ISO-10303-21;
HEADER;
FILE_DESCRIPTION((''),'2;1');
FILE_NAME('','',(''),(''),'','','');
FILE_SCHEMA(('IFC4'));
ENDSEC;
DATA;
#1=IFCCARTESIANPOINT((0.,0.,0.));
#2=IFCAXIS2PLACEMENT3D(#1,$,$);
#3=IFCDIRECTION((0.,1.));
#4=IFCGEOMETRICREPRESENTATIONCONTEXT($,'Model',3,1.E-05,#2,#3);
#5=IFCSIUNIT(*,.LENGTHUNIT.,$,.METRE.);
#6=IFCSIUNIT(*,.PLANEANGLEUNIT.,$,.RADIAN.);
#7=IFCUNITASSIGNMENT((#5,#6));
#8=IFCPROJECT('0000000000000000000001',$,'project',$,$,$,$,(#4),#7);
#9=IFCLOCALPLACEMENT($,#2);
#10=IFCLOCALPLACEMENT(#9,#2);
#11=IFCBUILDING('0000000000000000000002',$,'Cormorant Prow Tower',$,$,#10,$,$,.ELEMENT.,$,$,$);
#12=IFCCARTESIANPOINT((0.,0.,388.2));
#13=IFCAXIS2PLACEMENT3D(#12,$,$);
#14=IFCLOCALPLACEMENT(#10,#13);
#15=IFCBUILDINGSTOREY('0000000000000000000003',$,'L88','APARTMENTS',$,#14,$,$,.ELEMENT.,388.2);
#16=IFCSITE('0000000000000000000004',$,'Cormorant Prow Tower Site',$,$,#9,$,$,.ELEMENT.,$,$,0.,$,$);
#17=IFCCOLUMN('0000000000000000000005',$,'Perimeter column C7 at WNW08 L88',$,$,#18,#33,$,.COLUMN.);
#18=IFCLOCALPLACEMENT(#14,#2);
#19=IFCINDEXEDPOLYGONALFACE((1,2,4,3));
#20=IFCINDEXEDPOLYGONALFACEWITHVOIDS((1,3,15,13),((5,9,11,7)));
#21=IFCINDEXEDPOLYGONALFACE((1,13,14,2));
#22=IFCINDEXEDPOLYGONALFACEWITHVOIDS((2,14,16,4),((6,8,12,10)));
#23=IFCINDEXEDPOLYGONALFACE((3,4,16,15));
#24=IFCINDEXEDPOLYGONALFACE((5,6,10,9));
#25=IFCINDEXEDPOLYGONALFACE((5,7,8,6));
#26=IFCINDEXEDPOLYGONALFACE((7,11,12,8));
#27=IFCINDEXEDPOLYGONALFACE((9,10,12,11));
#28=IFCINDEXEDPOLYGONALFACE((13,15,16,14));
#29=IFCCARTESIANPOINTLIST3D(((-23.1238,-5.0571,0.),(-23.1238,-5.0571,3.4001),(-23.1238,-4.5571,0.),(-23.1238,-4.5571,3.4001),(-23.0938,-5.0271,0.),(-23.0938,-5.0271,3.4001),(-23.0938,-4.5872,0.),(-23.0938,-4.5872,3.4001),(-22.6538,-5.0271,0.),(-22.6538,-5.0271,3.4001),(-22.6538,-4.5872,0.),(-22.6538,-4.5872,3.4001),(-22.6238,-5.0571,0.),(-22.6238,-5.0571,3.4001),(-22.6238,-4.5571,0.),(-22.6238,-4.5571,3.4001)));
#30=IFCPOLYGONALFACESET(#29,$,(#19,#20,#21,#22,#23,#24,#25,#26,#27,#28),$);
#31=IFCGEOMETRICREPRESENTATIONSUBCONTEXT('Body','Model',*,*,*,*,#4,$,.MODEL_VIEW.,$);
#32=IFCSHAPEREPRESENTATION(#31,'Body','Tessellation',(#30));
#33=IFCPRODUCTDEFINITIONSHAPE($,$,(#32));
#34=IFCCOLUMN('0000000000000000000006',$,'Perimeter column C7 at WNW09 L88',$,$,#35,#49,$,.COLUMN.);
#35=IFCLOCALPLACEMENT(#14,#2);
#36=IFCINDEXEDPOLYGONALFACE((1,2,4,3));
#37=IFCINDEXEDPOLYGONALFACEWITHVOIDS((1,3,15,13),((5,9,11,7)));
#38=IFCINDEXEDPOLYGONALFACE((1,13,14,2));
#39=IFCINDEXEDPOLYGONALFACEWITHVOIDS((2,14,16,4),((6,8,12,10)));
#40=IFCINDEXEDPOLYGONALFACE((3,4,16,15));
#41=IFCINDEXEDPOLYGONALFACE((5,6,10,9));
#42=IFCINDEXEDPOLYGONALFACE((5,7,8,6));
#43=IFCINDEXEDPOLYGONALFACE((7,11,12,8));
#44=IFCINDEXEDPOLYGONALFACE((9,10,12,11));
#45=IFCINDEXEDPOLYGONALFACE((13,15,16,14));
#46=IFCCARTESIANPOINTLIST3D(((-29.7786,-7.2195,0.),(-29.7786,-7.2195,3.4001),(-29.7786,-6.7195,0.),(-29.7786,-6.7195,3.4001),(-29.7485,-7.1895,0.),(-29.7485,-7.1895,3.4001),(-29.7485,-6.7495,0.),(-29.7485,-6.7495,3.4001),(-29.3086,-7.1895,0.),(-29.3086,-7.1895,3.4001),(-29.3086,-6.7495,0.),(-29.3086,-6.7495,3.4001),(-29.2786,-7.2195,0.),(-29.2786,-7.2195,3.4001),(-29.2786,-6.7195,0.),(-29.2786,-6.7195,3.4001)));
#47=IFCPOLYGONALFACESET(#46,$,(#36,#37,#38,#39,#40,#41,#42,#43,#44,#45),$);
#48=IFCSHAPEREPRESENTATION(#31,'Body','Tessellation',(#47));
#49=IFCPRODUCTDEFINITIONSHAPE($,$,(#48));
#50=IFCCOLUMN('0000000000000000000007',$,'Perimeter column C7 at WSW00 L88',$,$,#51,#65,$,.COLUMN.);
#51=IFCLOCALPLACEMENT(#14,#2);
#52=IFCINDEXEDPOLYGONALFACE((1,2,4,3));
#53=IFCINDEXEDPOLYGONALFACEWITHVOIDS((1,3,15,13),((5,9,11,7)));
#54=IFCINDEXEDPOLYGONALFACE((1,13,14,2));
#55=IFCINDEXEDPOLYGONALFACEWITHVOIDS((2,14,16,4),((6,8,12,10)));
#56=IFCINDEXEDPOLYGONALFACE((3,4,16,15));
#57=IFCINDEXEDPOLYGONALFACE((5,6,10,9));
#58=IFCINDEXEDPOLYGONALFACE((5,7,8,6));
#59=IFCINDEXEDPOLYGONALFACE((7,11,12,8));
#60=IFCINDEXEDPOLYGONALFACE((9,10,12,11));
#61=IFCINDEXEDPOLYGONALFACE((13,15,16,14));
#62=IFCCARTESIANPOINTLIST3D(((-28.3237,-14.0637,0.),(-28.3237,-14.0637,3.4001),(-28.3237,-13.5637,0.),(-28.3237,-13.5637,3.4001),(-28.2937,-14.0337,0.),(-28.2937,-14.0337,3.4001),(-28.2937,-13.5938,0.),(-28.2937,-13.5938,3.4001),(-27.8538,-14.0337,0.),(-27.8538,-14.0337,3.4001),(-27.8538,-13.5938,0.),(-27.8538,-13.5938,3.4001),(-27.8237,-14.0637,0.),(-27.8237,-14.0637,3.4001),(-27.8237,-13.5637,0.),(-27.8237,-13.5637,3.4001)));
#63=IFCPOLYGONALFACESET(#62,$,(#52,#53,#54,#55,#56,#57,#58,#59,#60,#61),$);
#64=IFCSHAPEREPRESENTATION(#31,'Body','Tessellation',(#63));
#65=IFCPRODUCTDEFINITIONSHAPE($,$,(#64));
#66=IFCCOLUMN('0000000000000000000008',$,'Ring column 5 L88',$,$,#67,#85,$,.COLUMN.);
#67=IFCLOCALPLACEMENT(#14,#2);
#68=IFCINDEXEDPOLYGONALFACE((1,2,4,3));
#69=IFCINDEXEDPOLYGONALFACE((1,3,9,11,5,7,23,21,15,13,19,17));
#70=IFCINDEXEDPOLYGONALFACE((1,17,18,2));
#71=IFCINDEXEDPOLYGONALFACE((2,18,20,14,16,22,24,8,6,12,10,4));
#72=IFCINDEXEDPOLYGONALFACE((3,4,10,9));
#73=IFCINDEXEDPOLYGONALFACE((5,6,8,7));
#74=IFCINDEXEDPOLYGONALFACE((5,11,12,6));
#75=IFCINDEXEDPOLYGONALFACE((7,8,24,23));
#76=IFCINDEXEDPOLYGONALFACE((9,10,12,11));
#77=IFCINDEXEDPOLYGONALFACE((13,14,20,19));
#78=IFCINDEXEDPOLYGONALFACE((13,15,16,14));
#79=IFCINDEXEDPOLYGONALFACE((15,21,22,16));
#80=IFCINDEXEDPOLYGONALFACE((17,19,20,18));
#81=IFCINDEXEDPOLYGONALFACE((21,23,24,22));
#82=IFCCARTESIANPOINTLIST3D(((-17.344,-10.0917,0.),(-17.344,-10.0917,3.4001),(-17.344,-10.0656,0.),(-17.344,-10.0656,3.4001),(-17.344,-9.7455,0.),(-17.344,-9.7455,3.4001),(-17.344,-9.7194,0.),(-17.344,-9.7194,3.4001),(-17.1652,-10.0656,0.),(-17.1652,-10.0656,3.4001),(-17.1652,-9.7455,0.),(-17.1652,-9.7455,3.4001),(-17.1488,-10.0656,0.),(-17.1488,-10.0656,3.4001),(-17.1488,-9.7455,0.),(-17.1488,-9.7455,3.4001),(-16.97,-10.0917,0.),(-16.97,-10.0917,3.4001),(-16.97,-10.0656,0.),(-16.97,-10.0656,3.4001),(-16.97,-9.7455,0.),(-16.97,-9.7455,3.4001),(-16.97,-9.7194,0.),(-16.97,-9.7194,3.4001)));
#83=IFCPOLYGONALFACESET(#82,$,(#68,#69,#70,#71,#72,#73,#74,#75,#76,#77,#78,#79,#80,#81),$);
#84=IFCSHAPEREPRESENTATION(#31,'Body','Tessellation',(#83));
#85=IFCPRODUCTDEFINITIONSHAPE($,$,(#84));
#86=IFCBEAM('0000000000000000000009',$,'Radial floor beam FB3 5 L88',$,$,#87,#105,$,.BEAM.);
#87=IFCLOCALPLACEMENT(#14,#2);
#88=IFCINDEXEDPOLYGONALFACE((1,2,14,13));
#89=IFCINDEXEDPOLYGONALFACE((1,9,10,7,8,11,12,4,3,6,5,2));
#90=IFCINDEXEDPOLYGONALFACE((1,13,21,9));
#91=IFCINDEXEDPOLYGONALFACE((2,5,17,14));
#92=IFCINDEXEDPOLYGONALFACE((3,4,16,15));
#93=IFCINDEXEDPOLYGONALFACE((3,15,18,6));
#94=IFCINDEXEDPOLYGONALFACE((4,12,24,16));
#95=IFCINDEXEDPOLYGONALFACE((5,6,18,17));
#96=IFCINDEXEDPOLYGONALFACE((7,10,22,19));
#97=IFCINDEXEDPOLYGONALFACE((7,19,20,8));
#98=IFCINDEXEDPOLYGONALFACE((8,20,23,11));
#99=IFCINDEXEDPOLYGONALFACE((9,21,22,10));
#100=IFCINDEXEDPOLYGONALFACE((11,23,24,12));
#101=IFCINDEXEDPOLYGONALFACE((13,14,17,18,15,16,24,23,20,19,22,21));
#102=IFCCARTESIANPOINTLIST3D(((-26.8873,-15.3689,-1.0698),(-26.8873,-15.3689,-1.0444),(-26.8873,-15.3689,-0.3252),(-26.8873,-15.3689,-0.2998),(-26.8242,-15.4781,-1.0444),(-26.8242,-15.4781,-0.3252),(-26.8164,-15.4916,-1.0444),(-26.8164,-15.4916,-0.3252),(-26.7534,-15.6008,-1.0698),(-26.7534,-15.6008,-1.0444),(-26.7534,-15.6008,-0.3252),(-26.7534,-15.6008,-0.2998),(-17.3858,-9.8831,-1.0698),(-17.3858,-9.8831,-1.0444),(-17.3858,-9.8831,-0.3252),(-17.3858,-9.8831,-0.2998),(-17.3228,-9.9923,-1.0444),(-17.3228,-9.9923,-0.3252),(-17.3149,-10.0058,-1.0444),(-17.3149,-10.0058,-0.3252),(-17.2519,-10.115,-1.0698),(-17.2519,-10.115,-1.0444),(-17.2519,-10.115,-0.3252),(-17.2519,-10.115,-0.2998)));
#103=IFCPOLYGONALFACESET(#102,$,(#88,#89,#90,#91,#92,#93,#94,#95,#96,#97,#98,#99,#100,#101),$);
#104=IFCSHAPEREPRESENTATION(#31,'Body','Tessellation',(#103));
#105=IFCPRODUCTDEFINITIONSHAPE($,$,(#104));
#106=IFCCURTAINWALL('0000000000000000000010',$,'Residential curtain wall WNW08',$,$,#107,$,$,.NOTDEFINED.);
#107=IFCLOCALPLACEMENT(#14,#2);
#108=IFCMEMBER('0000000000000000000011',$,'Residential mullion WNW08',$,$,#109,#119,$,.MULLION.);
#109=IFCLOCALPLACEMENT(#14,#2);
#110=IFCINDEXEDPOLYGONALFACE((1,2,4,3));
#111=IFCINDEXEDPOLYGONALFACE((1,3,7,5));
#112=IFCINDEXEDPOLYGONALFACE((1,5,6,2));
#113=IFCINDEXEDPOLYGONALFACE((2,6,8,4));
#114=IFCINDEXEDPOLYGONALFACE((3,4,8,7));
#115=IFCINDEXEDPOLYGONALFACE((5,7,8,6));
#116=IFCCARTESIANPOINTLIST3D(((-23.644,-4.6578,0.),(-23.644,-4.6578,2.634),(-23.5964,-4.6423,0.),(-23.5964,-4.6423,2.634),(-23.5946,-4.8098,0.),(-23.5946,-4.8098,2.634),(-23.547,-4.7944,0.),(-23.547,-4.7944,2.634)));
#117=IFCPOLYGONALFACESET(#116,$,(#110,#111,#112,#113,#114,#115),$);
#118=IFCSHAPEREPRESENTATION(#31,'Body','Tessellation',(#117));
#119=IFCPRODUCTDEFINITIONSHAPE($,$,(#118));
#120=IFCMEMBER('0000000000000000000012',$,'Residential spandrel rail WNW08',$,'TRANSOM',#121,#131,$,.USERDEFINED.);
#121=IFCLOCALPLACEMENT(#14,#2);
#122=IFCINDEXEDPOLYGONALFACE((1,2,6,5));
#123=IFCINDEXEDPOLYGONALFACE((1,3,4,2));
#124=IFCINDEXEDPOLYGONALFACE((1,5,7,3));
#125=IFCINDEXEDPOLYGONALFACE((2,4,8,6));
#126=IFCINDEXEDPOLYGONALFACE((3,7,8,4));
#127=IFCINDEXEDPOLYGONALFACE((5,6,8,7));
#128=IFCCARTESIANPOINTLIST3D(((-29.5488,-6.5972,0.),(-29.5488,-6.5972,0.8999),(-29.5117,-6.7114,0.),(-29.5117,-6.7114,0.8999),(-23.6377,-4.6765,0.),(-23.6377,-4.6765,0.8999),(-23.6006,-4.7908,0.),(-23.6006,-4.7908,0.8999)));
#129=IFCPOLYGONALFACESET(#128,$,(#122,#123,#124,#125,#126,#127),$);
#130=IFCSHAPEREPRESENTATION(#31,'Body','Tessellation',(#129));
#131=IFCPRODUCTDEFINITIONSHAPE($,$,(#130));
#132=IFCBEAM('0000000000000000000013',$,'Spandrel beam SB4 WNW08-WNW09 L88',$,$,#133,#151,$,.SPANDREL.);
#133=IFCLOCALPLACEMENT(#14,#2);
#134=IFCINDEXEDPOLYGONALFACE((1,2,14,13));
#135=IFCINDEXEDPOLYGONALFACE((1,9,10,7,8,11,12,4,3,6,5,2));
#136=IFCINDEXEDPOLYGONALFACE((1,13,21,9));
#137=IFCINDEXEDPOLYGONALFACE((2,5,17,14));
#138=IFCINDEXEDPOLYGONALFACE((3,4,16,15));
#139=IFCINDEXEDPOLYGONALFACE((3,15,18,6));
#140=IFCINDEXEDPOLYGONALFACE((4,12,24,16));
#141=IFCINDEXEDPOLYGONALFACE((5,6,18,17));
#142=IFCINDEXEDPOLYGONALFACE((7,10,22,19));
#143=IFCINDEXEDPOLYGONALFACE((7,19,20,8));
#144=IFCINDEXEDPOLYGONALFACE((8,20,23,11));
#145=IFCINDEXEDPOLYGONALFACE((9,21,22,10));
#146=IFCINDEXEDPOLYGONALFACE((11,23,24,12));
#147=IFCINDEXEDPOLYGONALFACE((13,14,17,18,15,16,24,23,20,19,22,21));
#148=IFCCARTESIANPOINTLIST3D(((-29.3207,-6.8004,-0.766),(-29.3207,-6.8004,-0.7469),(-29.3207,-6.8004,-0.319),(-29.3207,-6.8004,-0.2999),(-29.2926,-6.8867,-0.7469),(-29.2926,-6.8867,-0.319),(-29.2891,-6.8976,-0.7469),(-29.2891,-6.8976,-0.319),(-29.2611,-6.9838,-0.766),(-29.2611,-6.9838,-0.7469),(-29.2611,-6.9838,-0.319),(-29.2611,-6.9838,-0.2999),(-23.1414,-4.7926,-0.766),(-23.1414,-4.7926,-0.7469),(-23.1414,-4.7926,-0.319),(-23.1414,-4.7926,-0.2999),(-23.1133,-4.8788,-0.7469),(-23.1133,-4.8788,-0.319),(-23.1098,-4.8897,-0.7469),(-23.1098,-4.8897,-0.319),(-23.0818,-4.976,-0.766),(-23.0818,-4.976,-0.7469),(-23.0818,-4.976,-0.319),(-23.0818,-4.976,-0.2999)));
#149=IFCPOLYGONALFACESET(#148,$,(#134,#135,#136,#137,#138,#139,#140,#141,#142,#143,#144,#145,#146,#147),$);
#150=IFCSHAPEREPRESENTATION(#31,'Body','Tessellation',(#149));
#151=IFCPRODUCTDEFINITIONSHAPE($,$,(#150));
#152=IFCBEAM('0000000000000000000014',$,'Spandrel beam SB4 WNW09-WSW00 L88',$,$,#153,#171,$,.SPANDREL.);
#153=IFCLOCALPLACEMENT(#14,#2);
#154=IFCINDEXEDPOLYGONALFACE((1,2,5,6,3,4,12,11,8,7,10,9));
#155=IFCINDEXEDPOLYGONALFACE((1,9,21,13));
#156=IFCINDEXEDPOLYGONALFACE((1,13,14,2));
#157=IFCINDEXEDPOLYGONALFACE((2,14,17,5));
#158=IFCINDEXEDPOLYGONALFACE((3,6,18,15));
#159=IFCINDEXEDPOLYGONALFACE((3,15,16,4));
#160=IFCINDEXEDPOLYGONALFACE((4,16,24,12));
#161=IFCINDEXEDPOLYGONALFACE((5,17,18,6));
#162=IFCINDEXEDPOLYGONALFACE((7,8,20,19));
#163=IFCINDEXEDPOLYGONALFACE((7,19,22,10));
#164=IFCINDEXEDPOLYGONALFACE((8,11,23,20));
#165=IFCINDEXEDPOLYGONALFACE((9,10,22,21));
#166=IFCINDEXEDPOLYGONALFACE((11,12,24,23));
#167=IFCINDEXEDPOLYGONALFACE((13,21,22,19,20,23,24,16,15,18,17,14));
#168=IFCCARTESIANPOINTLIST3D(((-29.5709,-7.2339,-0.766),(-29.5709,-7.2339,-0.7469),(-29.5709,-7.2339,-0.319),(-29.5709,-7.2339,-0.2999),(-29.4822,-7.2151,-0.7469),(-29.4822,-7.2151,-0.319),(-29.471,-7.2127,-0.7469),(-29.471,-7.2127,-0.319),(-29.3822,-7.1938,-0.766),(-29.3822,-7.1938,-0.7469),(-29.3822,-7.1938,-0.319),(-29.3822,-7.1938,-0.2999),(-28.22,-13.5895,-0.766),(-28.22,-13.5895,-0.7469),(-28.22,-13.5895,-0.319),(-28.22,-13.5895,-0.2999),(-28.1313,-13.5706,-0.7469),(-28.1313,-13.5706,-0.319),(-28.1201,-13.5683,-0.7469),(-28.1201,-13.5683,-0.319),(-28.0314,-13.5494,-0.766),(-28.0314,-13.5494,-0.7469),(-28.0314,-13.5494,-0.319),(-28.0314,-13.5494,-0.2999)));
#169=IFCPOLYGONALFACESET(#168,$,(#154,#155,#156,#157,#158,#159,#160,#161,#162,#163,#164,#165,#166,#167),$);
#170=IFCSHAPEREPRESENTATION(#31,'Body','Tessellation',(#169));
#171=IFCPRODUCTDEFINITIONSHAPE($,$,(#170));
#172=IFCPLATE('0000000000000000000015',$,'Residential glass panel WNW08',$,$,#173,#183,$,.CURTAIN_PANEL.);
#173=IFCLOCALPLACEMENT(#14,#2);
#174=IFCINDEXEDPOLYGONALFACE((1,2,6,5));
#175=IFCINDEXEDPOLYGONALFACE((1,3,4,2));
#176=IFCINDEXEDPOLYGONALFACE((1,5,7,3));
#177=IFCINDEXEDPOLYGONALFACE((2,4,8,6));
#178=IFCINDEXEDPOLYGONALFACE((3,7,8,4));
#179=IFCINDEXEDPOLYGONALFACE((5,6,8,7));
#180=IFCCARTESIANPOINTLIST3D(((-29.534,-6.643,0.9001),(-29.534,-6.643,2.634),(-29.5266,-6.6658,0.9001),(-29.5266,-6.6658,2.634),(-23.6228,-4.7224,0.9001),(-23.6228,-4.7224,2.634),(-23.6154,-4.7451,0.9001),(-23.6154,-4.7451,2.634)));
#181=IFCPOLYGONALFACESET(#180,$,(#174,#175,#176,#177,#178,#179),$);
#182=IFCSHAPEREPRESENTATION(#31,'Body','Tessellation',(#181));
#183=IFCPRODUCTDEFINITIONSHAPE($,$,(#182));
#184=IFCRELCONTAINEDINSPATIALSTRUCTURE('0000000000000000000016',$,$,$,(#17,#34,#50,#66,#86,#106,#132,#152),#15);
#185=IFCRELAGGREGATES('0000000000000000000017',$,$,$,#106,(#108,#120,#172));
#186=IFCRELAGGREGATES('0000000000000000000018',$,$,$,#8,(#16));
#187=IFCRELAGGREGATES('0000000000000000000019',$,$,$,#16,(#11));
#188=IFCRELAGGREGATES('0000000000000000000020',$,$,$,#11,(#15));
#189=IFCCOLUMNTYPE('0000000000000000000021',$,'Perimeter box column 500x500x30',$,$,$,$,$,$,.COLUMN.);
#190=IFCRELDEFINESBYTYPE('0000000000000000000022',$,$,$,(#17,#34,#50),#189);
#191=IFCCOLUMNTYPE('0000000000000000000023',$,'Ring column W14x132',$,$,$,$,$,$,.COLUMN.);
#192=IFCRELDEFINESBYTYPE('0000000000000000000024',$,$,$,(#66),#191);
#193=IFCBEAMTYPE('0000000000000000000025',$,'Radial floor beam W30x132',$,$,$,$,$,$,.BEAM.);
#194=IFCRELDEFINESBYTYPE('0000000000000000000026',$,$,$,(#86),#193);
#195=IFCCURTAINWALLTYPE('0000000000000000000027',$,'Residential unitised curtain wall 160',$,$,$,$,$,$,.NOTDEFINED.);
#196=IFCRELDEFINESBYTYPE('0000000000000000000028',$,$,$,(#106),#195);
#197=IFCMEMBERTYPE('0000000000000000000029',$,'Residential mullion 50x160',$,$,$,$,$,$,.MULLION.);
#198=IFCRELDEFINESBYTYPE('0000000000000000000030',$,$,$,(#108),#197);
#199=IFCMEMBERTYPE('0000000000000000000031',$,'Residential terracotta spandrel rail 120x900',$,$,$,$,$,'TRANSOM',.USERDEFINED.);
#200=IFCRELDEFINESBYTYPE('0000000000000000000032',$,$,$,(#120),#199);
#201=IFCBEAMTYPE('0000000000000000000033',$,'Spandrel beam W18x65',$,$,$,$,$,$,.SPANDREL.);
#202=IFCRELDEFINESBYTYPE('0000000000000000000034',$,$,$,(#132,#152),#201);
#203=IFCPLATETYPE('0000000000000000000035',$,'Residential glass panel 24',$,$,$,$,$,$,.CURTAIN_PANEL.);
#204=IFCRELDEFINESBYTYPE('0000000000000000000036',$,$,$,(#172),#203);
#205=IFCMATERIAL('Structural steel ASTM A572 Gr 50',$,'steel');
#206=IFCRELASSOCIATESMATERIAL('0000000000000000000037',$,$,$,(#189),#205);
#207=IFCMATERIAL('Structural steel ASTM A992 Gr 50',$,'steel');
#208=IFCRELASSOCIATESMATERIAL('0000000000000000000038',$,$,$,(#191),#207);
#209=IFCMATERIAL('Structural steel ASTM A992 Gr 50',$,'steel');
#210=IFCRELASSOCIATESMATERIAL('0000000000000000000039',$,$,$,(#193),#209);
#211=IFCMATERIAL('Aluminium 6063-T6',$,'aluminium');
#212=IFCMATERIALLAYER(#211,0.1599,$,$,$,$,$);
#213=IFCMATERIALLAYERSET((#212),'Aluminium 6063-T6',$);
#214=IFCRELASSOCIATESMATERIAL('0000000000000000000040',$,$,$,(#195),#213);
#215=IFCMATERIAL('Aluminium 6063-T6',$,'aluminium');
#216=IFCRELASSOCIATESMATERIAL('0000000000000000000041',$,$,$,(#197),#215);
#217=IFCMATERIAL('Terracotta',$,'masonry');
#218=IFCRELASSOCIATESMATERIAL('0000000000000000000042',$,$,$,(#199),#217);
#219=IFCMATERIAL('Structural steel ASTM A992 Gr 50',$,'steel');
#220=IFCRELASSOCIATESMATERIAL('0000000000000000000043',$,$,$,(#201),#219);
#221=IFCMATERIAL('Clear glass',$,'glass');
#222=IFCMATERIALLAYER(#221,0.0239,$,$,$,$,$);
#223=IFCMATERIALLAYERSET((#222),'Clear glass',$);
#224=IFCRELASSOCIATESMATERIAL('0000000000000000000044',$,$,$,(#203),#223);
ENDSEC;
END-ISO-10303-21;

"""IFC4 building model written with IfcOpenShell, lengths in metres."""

from ifc_helpers import new_model, si_unit, direction, frame, origin, origin_2d, place, context, subcontext, project, spatial, rectangle, hollow_rectangle, i_section, extrude, material, layer, layer_set, material_profile, profile_set, type_object, element, aggregate, save


model = new_model("IFC4")

# Units and contexts
model_context = context("Model", 3, precision=1e-05, world=origin(), true_north=direction((0.0, 1.0)))
body_context = subcontext(model_context, "Body", "Model", "MODEL_VIEW")
ifc_project = project(units=[si_unit("LENGTHUNIT", "METRE"), si_unit("PLANEANGLEUNIT", "RADIAN")], contexts=[model_context])

# Site, building, storey
site_placement = place(None, origin())
site = spatial("IfcSite", under=ifc_project, at=site_placement, Name="Cormorant Prow Tower Site", CompositionType="ELEMENT", RefElevation=0.0)
building_placement = place(site_placement, origin())
building = spatial("IfcBuilding", under=site, at=building_placement, Name="Cormorant Prow Tower", CompositionType="ELEMENT")
storey_placement = place(building_placement, frame((0.0, 0.0, 388.2)))
storey = spatial("IfcBuildingStorey", under=building, at=storey_placement, Name="L88", Description="APARTMENTS", CompositionType="ELEMENT", Elevation=388.2)

# Columns
ifc_material_1 = material(Name="Structural steel ASTM A572 Gr 50", Category="steel")
ifc_material_profile_1 = material_profile(ifc_material_1, hollow_rectangle(XDim=0.5, YDim=0.5, WallThickness=0.03, at=origin_2d()), Name="Box 500x500x30")
ifc_profile_set_1 = profile_set([ifc_material_profile_1], Name="Structural steel ASTM A572 Gr 50")
column_type_1 = type_object("IfcColumnType", Name="Perimeter box column 500x500x30", PredefinedType="COLUMN", material=ifc_profile_set_1)
for number, where, z_axis, x_axis, name in (
    (1, (-22.8738, -4.8071, 0.0), (0.0, 0.0, 1.0), (1.0, 0.0, 0.0), "Perimeter column C7 at WNW08 L88"),
    (2, (-29.5286, -6.9695, 0.0), (0.0, 0.0, 1.0), (1.0, 0.0, 0.0), "Perimeter column C7 at WNW09 L88"),
    (3, (-28.0737, -13.8137, 0.0), (0.0, 0.0, 1.0), (1.0, 0.0, 0.0), "Perimeter column C7 at WSW00 L88"),
):
    element("IfcColumn", number, at=place(storey_placement, frame(where, z_axis=z_axis, x_axis=x_axis)), inside=storey, type_object=column_type_1, Name=name, PredefinedType="COLUMN", context=body_context, shape_type="SweptSolid", body=[
        extrude(hollow_rectangle(XDim=0.5, YDim=0.5, WallThickness=0.03, at=origin_2d()), origin(), (0.0, 0.0, 1.0), 3.4001),
    ])
ifc_material_2 = material(Name="Structural steel ASTM A992 Gr 50", Category="steel")
ifc_material_profile_2 = material_profile(ifc_material_2, i_section(OverallWidth=0.374, OverallDepth=0.3723, WebThickness=0.0164, FlangeThickness=0.0261, at=origin_2d()), Name="W14x132")
ifc_profile_set_2 = profile_set([ifc_material_profile_2], Name="Structural steel ASTM A992 Gr 50")
column_type_2 = type_object("IfcColumnType", Name="Ring column W14x132", PredefinedType="COLUMN", material=ifc_profile_set_2)
column_placement = place(storey_placement, frame((-17.157, -9.9055, 0.0), z_axis=(0.0, 0.0, 1.0), x_axis=(1.0, 0.0, 0.0)))
element("IfcColumn", 4, at=column_placement, inside=storey, type_object=column_type_2, Name="Ring column 5 L88", PredefinedType="COLUMN", context=body_context, shape_type="SweptSolid", body=[
    extrude(i_section(OverallWidth=0.374, OverallDepth=0.3723, WebThickness=0.0164, FlangeThickness=0.0261, at=origin_2d()), origin(), (0.0, 0.0, 1.0), 3.4001),
])

# Beam
ifc_material_3 = material(Name="Structural steel ASTM A992 Gr 50", Category="steel")
ifc_material_profile_3 = material_profile(ifc_material_3, i_section(OverallWidth=0.2678, OverallDepth=0.77, WebThickness=0.0156, FlangeThickness=0.0254, at=origin_2d()), Name="W30x132")
ifc_profile_set_3 = profile_set([ifc_material_profile_3], Name="Structural steel ASTM A992 Gr 50")
beam_type_1 = type_object("IfcBeamType", Name="Radial floor beam W30x132", PredefinedType="BEAM", material=ifc_profile_set_3)
beam_1_placement = place(storey_placement, frame((-17.3188, -9.999, -0.6848), z_axis=(-0.866019, -0.500011, 0.0), x_axis=(0.500011, -0.866019, 0.0)))
element("IfcBeam", 5, at=beam_1_placement, inside=storey, type_object=beam_type_1, Name="Radial floor beam FB3 5 L88", PredefinedType="BEAM", context=body_context, shape_type="SweptSolid", body=[
    extrude(i_section(OverallWidth=0.2678, OverallDepth=0.77, WebThickness=0.0156, FlangeThickness=0.0254, at=origin_2d()), origin(), (0.0, 0.0, 1.0), 10.9714),
])

# Curtain wall, members
ifc_material_4 = material(Name="Aluminium 6063-T6", Category="aluminium")
ifc_layer_1 = layer(ifc_material_4, 0.1599)
ifc_layer_set_1 = layer_set([ifc_layer_1], Name="Aluminium 6063-T6")
curtain_wall_type = type_object("IfcCurtainWallType", Name="Residential unitised curtain wall 160", PredefinedType="NOTDEFINED", material=ifc_layer_set_1)
curtain_wall_placement = place(storey_placement, origin())
curtain_wall = element("IfcCurtainWall", 6, at=curtain_wall_placement, inside=storey, type_object=curtain_wall_type, Name="Residential curtain wall WNW08", PredefinedType="NOTDEFINED")
ifc_material_5 = material(Name="Aluminium 6063-T6", Category="aluminium")
ifc_material_profile_4 = material_profile(ifc_material_5, rectangle(XDim=0.1599, YDim=0.05, at=origin_2d()), Name="Residential mullion 50x160")
ifc_profile_set_4 = profile_set([ifc_material_profile_4], Name="Aluminium 6063-T6")
member_type_1 = type_object("IfcMemberType", Name="Residential mullion 50x160", PredefinedType="MULLION", material=ifc_profile_set_4)
member_1_placement = place(storey_placement, frame((-23.5955, -4.7261, 0.0), z_axis=(0.0, 0.0, 1.0), x_axis=(0.309017, -0.951057, 0.0)))
member_1 = element("IfcMember", 7, at=member_1_placement, type_object=member_type_1, Name="Residential mullion WNW08", PredefinedType="MULLION", context=body_context, shape_type="SweptSolid", body=[
    extrude(rectangle(XDim=0.1599, YDim=0.05, at=origin_2d()), origin(), (0.0, 0.0, 1.0), 2.634),
])
ifc_material_6 = material(Name="Terracotta", Category="masonry")
ifc_material_profile_5 = material_profile(ifc_material_6, rectangle(XDim=0.1201, YDim=0.8999, at=origin_2d()), Name="Residential terracotta spandrel rail 120x900")
ifc_profile_set_5 = profile_set([ifc_material_profile_5], Name="Terracotta")
member_type_2 = type_object("IfcMemberType", Name="Residential terracotta spandrel rail 120x900", ElementType="TRANSOM", PredefinedType="USERDEFINED", material=ifc_profile_set_5)
member_2_placement = place(storey_placement, frame((-23.6191, -4.7336, 0.45), z_axis=(-0.951056, -0.309019, 0.0), x_axis=(0.309019, -0.951056, 0.0)))
member_2 = element("IfcMember", 8, at=member_2_placement, type_object=member_type_2, Name="Residential spandrel rail WNW08", ObjectType="TRANSOM", PredefinedType="USERDEFINED", context=body_context, shape_type="SweptSolid", body=[
    extrude(rectangle(XDim=0.1201, YDim=0.8999, at=origin_2d()), origin(), (0.0, 0.0, 1.0), 6.2153),
])

# Beams
ifc_material_7 = material(Name="Structural steel ASTM A992 Gr 50", Category="steel")
ifc_material_profile_6 = material_profile(ifc_material_7, i_section(OverallWidth=0.1929, OverallDepth=0.4661, WebThickness=0.0115, FlangeThickness=0.019, at=origin_2d()), Name="W18x65")
ifc_profile_set_6 = profile_set([ifc_material_profile_6], Name="Structural steel ASTM A992 Gr 50")
beam_type_2 = type_object("IfcBeamType", Name="Spandrel beam W18x65", PredefinedType="SPANDREL", material=ifc_profile_set_6)
beam_2_placement = place(storey_placement, frame((-23.1116, -4.8843, -0.533), z_axis=(-0.951053, -0.309027, 0.0), x_axis=(0.309027, -0.951053, 0.0)))
element("IfcBeam", 9, at=beam_2_placement, inside=storey, type_object=beam_type_2, Name="Spandrel beam SB4 WNW08-WNW09 L88", PredefinedType="SPANDREL", context=body_context, shape_type="SweptSolid", body=[
    extrude(i_section(OverallWidth=0.1929, OverallDepth=0.4661, WebThickness=0.0115, FlangeThickness=0.019, at=origin_2d()), origin(), (0.0, 0.0, 1.0), 6.4973),
])
beam_3_placement = place(storey_placement, frame((-29.4766, -7.2139, -0.533), z_axis=(0.207902, -0.97815, 0.0), x_axis=(0.97815, 0.207902, 0.0)))
element("IfcBeam", 10, at=beam_3_placement, inside=storey, type_object=beam_type_2, Name="Spandrel beam SB4 WNW09-WSW00 L88", PredefinedType="SPANDREL", context=body_context, shape_type="SweptSolid", body=[
    extrude(i_section(OverallWidth=0.1929, OverallDepth=0.4661, WebThickness=0.0115, FlangeThickness=0.019, at=origin_2d()), origin(), (0.0, 0.0, 1.0), 6.4976),
])

# Plate
ifc_material_8 = material(Name="Clear glass", Category="glass")
ifc_layer_2 = layer(ifc_material_8, 0.0239)
ifc_layer_set_2 = layer_set([ifc_layer_2], Name="Clear glass")
plate_type = type_object("IfcPlateType", Name="Residential glass panel 24", PredefinedType="CURTAIN_PANEL", material=ifc_layer_set_2)
plate_placement = place(storey_placement, frame((-26.5747, -5.6941, 0.9001), z_axis=(0.0, 0.0, 1.0), x_axis=(-0.951057, -0.309017, 0.0)))
plate = element("IfcPlate", 11, at=plate_placement, type_object=plate_type, Name="Residential glass panel WNW08", PredefinedType="CURTAIN_PANEL", context=body_context, shape_type="SweptSolid", body=[
    extrude(rectangle(XDim=6.2153, YDim=0.0239, at=origin_2d()), origin(), (0.0, 0.0, 1.0), 1.7339),
])
aggregate(curtain_wall, [member_1, member_2, plate])

save(model, "model.ifc")
